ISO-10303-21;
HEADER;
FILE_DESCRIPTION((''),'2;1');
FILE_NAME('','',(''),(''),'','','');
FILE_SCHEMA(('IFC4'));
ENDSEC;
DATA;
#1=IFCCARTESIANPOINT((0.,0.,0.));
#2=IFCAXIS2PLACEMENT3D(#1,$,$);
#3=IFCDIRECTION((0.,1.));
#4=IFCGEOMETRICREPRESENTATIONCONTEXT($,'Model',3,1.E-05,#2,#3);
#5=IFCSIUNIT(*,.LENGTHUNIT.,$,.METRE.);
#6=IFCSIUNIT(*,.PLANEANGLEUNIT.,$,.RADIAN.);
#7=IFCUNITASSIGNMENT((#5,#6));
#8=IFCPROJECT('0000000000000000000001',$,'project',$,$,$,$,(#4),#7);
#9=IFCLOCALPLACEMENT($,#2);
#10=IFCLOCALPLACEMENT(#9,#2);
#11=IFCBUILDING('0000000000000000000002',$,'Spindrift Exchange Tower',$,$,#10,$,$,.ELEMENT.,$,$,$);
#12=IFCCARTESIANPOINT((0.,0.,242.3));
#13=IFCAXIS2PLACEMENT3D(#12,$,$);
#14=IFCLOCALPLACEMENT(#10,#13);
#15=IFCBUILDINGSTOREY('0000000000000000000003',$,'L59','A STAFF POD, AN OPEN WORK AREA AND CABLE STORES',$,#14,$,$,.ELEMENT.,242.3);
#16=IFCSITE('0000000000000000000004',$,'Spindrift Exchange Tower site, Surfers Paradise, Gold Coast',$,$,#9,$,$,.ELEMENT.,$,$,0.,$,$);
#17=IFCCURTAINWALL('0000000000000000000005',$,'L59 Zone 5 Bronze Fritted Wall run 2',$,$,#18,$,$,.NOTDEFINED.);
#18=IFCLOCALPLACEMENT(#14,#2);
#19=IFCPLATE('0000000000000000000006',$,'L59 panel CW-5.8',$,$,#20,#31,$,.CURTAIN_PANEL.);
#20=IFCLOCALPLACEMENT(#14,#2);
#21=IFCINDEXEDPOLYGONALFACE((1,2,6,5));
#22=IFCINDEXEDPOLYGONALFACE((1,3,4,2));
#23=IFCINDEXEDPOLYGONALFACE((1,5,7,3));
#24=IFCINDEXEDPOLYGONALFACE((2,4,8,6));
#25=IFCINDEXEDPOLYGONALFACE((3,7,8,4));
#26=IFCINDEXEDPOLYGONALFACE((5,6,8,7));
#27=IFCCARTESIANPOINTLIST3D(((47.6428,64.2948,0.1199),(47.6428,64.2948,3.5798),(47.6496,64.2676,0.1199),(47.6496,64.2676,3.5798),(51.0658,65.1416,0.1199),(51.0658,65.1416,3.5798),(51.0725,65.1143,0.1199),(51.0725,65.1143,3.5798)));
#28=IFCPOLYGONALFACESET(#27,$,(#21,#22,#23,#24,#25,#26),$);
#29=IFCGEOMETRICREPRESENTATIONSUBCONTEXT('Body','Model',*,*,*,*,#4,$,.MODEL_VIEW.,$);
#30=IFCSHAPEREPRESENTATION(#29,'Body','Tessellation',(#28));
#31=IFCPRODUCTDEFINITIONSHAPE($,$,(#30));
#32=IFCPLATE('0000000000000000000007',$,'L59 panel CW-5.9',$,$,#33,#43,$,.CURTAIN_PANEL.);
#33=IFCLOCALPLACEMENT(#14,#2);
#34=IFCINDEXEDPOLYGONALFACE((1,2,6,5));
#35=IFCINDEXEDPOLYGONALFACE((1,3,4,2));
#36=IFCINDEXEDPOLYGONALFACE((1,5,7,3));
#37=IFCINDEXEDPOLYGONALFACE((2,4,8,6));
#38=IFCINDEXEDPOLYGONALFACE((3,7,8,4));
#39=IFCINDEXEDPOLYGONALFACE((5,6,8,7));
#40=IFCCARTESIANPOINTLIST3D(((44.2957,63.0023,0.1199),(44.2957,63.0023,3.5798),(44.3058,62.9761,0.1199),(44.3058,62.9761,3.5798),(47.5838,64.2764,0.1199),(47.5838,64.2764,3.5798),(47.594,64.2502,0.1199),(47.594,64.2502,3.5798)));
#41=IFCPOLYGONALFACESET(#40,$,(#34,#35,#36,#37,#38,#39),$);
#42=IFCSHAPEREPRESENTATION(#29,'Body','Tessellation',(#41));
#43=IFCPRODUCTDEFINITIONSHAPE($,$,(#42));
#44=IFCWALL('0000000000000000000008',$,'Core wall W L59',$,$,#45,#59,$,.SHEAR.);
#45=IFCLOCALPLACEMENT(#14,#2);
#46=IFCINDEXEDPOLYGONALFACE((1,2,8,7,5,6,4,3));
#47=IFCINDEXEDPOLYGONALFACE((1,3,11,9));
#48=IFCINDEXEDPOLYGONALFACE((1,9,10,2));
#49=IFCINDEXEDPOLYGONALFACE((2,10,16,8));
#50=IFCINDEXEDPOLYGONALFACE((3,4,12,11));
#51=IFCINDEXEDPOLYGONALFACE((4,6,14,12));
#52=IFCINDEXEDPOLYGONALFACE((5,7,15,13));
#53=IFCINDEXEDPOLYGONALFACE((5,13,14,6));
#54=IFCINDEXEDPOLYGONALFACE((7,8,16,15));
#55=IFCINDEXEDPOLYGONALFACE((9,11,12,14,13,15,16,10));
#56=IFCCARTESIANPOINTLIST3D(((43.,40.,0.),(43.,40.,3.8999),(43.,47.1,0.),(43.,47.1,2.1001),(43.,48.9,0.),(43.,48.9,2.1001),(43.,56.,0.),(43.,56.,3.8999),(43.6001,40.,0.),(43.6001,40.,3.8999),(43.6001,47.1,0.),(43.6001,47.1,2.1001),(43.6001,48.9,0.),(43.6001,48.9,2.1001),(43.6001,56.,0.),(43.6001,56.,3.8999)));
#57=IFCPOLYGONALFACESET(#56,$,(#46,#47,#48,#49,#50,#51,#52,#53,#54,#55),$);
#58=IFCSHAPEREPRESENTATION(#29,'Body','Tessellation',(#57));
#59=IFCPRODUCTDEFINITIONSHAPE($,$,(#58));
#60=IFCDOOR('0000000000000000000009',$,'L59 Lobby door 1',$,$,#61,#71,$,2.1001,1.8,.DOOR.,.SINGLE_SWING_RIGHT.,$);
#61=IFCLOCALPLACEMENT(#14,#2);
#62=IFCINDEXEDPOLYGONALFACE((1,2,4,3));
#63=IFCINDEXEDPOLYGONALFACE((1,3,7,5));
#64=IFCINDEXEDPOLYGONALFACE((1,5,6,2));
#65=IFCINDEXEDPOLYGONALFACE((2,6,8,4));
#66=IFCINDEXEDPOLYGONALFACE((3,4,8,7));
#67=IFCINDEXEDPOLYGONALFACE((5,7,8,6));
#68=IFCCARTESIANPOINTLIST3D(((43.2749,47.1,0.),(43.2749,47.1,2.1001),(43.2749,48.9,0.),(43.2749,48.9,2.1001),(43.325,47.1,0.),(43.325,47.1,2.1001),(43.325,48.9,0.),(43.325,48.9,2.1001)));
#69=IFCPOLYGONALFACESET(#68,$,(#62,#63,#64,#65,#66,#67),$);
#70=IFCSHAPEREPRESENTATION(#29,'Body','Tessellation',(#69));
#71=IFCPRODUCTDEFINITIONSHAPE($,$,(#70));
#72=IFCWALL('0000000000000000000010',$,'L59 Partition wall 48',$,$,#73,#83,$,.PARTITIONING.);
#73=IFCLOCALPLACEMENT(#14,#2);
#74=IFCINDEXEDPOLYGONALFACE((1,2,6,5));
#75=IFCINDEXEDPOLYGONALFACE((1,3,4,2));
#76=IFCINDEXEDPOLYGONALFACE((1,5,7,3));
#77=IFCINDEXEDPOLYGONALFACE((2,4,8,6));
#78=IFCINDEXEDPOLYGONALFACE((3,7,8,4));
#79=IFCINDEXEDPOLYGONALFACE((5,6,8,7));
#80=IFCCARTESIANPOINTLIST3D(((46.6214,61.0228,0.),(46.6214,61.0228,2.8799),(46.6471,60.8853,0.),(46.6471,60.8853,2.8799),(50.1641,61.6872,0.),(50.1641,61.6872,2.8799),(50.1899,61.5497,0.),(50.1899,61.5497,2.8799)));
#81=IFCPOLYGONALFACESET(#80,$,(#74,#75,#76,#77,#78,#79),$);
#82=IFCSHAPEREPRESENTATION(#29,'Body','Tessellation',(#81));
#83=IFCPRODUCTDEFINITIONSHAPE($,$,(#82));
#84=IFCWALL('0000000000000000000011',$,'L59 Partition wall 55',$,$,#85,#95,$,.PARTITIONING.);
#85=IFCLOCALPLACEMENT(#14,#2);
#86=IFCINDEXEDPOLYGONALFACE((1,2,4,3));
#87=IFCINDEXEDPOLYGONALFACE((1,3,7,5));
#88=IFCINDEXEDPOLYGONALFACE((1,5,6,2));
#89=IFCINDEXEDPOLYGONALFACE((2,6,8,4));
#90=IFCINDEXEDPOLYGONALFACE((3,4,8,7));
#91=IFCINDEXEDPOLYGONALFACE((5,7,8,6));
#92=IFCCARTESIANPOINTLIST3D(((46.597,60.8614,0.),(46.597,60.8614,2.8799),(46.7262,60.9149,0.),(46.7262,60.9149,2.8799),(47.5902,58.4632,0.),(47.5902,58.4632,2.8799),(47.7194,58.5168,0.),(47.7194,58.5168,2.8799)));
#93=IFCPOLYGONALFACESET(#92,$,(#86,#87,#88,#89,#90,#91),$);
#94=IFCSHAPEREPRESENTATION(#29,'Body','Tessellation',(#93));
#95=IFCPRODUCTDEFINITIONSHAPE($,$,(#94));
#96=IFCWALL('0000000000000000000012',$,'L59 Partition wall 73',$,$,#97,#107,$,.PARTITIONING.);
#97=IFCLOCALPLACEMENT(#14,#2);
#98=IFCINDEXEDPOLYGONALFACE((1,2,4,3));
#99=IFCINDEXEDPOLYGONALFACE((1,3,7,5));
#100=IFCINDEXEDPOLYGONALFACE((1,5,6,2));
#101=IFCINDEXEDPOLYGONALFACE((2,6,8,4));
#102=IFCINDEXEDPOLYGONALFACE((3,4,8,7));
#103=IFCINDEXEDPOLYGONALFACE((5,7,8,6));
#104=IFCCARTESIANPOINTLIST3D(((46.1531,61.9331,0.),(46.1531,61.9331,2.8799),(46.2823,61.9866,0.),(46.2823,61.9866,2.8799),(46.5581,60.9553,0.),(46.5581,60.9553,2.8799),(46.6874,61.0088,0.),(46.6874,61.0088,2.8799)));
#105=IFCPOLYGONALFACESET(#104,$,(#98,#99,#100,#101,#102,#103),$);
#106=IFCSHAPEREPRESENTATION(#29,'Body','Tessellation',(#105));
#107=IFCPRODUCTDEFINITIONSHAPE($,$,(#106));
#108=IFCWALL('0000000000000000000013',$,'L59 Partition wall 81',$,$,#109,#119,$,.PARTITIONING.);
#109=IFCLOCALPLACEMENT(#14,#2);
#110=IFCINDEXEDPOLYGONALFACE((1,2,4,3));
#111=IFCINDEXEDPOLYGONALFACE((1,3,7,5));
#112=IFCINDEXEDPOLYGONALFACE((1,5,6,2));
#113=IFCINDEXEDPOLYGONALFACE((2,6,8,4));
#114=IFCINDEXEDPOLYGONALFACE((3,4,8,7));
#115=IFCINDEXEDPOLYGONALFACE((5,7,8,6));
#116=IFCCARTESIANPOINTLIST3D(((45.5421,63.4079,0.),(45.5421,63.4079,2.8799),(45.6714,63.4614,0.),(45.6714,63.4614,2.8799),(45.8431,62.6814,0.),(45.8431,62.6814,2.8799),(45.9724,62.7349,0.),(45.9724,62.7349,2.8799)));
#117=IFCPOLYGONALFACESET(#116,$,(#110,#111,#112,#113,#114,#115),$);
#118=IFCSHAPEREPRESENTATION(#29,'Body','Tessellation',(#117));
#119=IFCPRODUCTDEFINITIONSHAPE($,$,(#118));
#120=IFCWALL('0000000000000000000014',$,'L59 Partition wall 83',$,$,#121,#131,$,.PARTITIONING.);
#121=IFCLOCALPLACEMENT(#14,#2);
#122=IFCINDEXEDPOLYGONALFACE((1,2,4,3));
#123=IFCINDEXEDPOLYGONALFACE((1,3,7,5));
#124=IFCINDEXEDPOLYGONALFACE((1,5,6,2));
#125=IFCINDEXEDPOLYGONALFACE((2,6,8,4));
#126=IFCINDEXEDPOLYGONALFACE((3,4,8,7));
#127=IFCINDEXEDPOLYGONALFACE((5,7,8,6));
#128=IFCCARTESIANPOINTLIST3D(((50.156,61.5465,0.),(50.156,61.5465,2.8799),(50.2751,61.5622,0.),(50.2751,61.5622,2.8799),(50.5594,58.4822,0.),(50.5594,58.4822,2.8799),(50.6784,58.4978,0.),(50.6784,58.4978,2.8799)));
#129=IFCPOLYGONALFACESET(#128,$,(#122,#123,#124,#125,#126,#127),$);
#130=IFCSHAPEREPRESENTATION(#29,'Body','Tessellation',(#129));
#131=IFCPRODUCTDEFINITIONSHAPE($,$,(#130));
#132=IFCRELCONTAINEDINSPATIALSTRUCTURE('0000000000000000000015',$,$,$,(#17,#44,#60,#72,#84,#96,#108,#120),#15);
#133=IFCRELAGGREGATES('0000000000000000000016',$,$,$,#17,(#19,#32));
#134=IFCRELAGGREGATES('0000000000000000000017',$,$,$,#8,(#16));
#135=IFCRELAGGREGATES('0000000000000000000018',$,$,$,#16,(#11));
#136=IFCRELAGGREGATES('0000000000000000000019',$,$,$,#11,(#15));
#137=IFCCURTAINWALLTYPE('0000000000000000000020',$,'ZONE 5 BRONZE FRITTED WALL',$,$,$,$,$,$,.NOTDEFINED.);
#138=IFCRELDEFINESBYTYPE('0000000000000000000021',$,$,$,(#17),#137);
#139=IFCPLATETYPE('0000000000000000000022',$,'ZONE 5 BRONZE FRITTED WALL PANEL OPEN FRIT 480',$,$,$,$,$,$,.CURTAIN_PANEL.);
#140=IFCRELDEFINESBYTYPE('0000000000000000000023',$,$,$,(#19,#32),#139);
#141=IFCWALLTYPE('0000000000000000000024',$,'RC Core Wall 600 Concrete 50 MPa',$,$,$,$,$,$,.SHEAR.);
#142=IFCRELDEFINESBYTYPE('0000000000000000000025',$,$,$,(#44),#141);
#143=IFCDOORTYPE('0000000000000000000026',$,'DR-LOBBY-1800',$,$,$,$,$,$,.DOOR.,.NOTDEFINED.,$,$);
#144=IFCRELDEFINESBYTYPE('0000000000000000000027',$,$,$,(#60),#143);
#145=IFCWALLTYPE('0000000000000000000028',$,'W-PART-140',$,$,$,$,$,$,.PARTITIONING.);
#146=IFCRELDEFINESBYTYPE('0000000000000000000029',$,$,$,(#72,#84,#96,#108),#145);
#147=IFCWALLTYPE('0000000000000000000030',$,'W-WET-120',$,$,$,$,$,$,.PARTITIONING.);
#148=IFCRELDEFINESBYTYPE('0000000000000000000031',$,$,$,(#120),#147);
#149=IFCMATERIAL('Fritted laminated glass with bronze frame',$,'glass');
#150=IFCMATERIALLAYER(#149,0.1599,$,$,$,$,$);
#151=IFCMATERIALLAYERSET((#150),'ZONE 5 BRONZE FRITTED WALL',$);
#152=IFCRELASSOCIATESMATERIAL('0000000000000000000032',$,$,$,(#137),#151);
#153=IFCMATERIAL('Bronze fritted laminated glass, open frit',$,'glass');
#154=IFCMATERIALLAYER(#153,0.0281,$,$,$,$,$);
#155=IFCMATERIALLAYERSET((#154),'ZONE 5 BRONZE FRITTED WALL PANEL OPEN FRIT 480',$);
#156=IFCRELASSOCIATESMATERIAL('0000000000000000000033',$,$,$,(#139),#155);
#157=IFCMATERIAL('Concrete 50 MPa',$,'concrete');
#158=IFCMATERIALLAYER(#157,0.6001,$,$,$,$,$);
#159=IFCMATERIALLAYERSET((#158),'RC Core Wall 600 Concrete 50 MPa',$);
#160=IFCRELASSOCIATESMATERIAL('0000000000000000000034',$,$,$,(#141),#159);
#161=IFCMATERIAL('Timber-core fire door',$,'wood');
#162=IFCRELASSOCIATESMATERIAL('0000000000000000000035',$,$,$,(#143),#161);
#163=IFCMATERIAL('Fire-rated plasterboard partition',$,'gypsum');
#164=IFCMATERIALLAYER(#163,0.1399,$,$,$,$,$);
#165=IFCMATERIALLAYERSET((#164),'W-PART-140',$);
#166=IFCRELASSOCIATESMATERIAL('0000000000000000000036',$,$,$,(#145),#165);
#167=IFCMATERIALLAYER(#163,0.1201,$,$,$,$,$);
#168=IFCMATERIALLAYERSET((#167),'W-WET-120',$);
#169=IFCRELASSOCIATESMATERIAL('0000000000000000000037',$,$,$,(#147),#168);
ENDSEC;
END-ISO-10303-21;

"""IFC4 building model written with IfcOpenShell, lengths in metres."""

from ifc_helpers import new_model, si_unit, direction, frame, frame_2d, origin, origin_2d, place, context, subcontext, project, spatial, rectangle, extrude, source, transform, mapped, material, layer, layer_set, type_object, element, fill, aggregate, save


model = new_model("IFC4")

# Units and contexts
model_context = context("Model", 3, precision=1e-05, world=origin(), true_north=direction((0.0, 1.0)))
body_context = subcontext(model_context, "Body", "Model", "MODEL_VIEW")
ifc_project = project(units=[si_unit("LENGTHUNIT", "METRE"), si_unit("PLANEANGLEUNIT", "RADIAN")], contexts=[model_context])

# Site, building, storey
site_placement = place(None, origin())
site = spatial("IfcSite", under=ifc_project, at=site_placement, Name="Spindrift Exchange Tower site, Surfers Paradise, Gold Coast", CompositionType="ELEMENT", RefElevation=0.0)
building_placement = place(site_placement, origin())
building = spatial("IfcBuilding", under=site, at=building_placement, Name="Spindrift Exchange Tower", CompositionType="ELEMENT")
storey_placement = place(building_placement, frame((0.0, 0.0, 242.3)))
storey = spatial("IfcBuildingStorey", under=building, at=storey_placement, Name="L59", Description="A STAFF POD, AN OPEN WORK AREA AND CABLE STORES", CompositionType="ELEMENT", Elevation=242.3)

# Curtain wall, plates
ifc_material_1 = material(Name="Fritted laminated glass with bronze frame", Category="glass")
ifc_layer_1 = layer(ifc_material_1, 0.1599)
ifc_layer_set_1 = layer_set([ifc_layer_1], Name="ZONE 5 BRONZE FRITTED WALL")
curtain_wall_type = type_object("IfcCurtainWallType", Name="ZONE 5 BRONZE FRITTED WALL", PredefinedType="NOTDEFINED", material=ifc_layer_set_1)
curtain_wall_placement = place(storey_placement, origin())
curtain_wall = element("IfcCurtainWall", 1, at=curtain_wall_placement, inside=storey, type_object=curtain_wall_type, Name="L59 Zone 5 Bronze Fritted Wall run 2", PredefinedType="NOTDEFINED")
ifc_material_2 = material(Name="Bronze fritted laminated glass, open frit", Category="glass")
ifc_layer_2 = layer(ifc_material_2, 0.0281)
ifc_layer_set_2 = layer_set([ifc_layer_2], Name="ZONE 5 BRONZE FRITTED WALL PANEL OPEN FRIT 480")
plate_type = type_object("IfcPlateType", Name="ZONE 5 BRONZE FRITTED WALL PANEL OPEN FRIT 480", PredefinedType="CURTAIN_PANEL", material=ifc_layer_set_2)
shared_shape_1 = source(origin(), body_context, "Body", "SweptSolid", [
    extrude(rectangle(XDim=3.5261, YDim=0.0281, at=origin_2d()), origin(), (0.0, 0.0, 1.0), 3.46),
])
plate_1_placement = place(storey_placement, frame((49.3577, 64.7046, 0.1199), z_axis=(0.0, 0.0, 1.0), x_axis=(-0.970738, -0.24014, 0.0)))
plate_1 = element("IfcPlate", 2, at=plate_1_placement, type_object=plate_type, Name="L59 panel CW-5.8", PredefinedType="CURTAIN_PANEL", context=body_context, shape_type="MappedRepresentation", body=[
    mapped(shared_shape_1, transform((0.0, 0.0, 0.0), scale=1.0)),
])
shared_shape_2 = source(origin(), body_context, "Body", "SweptSolid", [
    extrude(rectangle(XDim=3.5264, YDim=0.0281, at=origin_2d()), origin(), (0.0, 0.0, 1.0), 3.46),
])
plate_2_placement = place(storey_placement, frame((45.9448, 63.6262, 0.1199), z_axis=(0.0, 0.0, 1.0), x_axis=(-0.932445, -0.361312, 0.0)))
plate_2 = element("IfcPlate", 3, at=plate_2_placement, type_object=plate_type, Name="L59 panel CW-5.9", PredefinedType="CURTAIN_PANEL", context=body_context, shape_type="MappedRepresentation", body=[
    mapped(shared_shape_2, transform((0.0, 0.0, 0.0), scale=1.0)),
])
aggregate(curtain_wall, [plate_1, plate_2])

# Wall, opening, door
ifc_material_3 = material(Name="Concrete 50 MPa", Category="concrete")
ifc_layer_3 = layer(ifc_material_3, 0.6001)
ifc_layer_set_3 = layer_set([ifc_layer_3], Name="RC Core Wall 600 Concrete 50 MPa")
wall_type_1 = type_object("IfcWallType", Name="RC Core Wall 600 Concrete 50 MPa", PredefinedType="SHEAR", material=ifc_layer_set_3)
wall_1_placement = place(storey_placement, frame((43.3, 56.0, 0.0), z_axis=(0.0, 0.0, 1.0), x_axis=(0.0, -1.0, 0.0)))
wall_1 = element("IfcWall", 4, at=wall_1_placement, inside=storey, type_object=wall_type_1, Name="Core wall W L59", PredefinedType="SHEAR", context=body_context, shape_type="SweptSolid", body=[
    extrude(rectangle(XDim=16.0, YDim=0.6001, at=frame_2d((8.0, 0.0))), origin(), (0.0, 0.0, 1.0), 3.8999),
])
opening_placement = place(wall_1_placement, frame((7.1001, 0.0, 0.0)))
opening = element("IfcOpeningElement", 5, at=opening_placement, cuts=wall_1, PredefinedType="OPENING", context=body_context, shape_type="SweptSolid", body=[
    extrude(rectangle(XDim=1.8, YDim=2.1001, at=frame_2d((0.8999, 1.05))), frame((0.0, 0.3101, 0.0), z_axis=(0.0, -1.0, 0.0), x_axis=(1.0, 0.0, 0.0)), (0.0, 0.0, 1.0), 0.6201),
])
ifc_material_4 = material(Name="Timber-core fire door", Category="wood")
door_type = type_object("IfcDoorType", Name="DR-LOBBY-1800", OperationType="NOTDEFINED", PredefinedType="DOOR", material=ifc_material_4)
shared_shape_3 = source(origin(), body_context, "Body", "SweptSolid", [
    extrude(rectangle(XDim=1.8, YDim=2.1001, at=frame_2d((0.8999, 1.05))), frame((0.0, 0.0249, 0.0), z_axis=(0.0, -1.0, 0.0), x_axis=(1.0, 0.0, 0.0)), (0.0, 0.0, 1.0), 0.05),
])
door_placement = place(opening_placement, origin())
door = element("IfcDoor", 6, at=door_placement, inside=storey, type_object=door_type, Name="L59 Lobby door 1", OperationType="SINGLE_SWING_RIGHT", OverallHeight=2.1001, OverallWidth=1.8, PredefinedType="DOOR", context=body_context, shape_type="MappedRepresentation", body=[
    mapped(shared_shape_3, transform((0.0, 0.0, 0.0), scale=1.0)),
])
fill(opening, door)

# Walls
ifc_material_5 = material(Name="Fire-rated plasterboard partition", Category="gypsum")
ifc_layer_4 = layer(ifc_material_5, 0.1399)
ifc_layer_set_4 = layer_set([ifc_layer_4], Name="W-PART-140")
wall_type_2 = type_object("IfcWallType", Name="W-PART-140", PredefinedType="PARTITIONING", material=ifc_layer_set_4)
wall_2_placement = place(storey_placement, frame((50.177, 61.6184, 0.0), z_axis=(0.0, 0.0, 1.0), x_axis=(-0.98287, -0.184301, 0.0)))
element("IfcWall", 7, at=wall_2_placement, inside=storey, type_object=wall_type_2, Name="L59 Partition wall 48", PredefinedType="PARTITIONING", context=body_context, shape_type="SweptSolid", body=[
    extrude(rectangle(XDim=3.6045, YDim=0.1399, at=frame_2d((1.8022, 0.0))), origin(), (0.0, 0.0, 1.0), 2.8799),
])
wall_3_placement = place(storey_placement, frame((47.6548, 58.49, 0.0), z_axis=(0.0, 0.0, 1.0), x_axis=(-0.382618, 0.923907, 0.0)))
element("IfcWall", 8, at=wall_3_placement, inside=storey, type_object=wall_type_2, Name="L59 Partition wall 55", PredefinedType="PARTITIONING", context=body_context, shape_type="SweptSolid", body=[
    extrude(rectangle(XDim=2.5957, YDim=0.1399, at=frame_2d((1.2979, 0.0))), origin(), (0.0, 0.0, 1.0), 2.8799),
])
wall_4_placement = place(storey_placement, frame((46.6228, 60.9819, 0.0), z_axis=(0.0, 0.0, 1.0), x_axis=(-0.382698, 0.923873, 0.0)))
element("IfcWall", 9, at=wall_4_placement, inside=storey, type_object=wall_type_2, Name="L59 Partition wall 73", PredefinedType="PARTITIONING", context=body_context, shape_type="SweptSolid", body=[
    extrude(rectangle(XDim=1.0583, YDim=0.1399, at=frame_2d((0.5293, 0.0))), origin(), (0.0, 0.0, 1.0), 2.8799),
])
wall_5_placement = place(storey_placement, frame((45.9077, 62.7083, 0.0), z_axis=(0.0, 0.0, 1.0), x_axis=(-0.382763, 0.923847, 0.0)))
element("IfcWall", 10, at=wall_5_placement, inside=storey, type_object=wall_type_2, Name="L59 Partition wall 81", PredefinedType="PARTITIONING", context=body_context, shape_type="SweptSolid", body=[
    extrude(rectangle(XDim=0.7864, YDim=0.1399, at=frame_2d((0.3931, 0.0))), origin(), (0.0, 0.0, 1.0), 2.8799),
])
ifc_layer_5 = layer(ifc_material_5, 0.1201)
ifc_layer_set_5 = layer_set([ifc_layer_5], Name="W-WET-120")
wall_type_3 = type_object("IfcWallType", Name="W-WET-120", PredefinedType="PARTITIONING", material=ifc_layer_set_5)
wall_6_placement = place(storey_placement, frame((50.6189, 58.49, 0.0), z_axis=(0.0, 0.0, 1.0), x_axis=(-0.130487, 0.99145, 0.0)))
element("IfcWall", 11, at=wall_6_placement, inside=storey, type_object=wall_type_3, Name="L59 Partition wall 83", PredefinedType="PARTITIONING", context=body_context, shape_type="SweptSolid", body=[
    extrude(rectangle(XDim=3.0908, YDim=0.1201, at=frame_2d((1.5454, 0.0))), origin(), (0.0, 0.0, 1.0), 2.8799),
])

save(model, "model.ifc")
